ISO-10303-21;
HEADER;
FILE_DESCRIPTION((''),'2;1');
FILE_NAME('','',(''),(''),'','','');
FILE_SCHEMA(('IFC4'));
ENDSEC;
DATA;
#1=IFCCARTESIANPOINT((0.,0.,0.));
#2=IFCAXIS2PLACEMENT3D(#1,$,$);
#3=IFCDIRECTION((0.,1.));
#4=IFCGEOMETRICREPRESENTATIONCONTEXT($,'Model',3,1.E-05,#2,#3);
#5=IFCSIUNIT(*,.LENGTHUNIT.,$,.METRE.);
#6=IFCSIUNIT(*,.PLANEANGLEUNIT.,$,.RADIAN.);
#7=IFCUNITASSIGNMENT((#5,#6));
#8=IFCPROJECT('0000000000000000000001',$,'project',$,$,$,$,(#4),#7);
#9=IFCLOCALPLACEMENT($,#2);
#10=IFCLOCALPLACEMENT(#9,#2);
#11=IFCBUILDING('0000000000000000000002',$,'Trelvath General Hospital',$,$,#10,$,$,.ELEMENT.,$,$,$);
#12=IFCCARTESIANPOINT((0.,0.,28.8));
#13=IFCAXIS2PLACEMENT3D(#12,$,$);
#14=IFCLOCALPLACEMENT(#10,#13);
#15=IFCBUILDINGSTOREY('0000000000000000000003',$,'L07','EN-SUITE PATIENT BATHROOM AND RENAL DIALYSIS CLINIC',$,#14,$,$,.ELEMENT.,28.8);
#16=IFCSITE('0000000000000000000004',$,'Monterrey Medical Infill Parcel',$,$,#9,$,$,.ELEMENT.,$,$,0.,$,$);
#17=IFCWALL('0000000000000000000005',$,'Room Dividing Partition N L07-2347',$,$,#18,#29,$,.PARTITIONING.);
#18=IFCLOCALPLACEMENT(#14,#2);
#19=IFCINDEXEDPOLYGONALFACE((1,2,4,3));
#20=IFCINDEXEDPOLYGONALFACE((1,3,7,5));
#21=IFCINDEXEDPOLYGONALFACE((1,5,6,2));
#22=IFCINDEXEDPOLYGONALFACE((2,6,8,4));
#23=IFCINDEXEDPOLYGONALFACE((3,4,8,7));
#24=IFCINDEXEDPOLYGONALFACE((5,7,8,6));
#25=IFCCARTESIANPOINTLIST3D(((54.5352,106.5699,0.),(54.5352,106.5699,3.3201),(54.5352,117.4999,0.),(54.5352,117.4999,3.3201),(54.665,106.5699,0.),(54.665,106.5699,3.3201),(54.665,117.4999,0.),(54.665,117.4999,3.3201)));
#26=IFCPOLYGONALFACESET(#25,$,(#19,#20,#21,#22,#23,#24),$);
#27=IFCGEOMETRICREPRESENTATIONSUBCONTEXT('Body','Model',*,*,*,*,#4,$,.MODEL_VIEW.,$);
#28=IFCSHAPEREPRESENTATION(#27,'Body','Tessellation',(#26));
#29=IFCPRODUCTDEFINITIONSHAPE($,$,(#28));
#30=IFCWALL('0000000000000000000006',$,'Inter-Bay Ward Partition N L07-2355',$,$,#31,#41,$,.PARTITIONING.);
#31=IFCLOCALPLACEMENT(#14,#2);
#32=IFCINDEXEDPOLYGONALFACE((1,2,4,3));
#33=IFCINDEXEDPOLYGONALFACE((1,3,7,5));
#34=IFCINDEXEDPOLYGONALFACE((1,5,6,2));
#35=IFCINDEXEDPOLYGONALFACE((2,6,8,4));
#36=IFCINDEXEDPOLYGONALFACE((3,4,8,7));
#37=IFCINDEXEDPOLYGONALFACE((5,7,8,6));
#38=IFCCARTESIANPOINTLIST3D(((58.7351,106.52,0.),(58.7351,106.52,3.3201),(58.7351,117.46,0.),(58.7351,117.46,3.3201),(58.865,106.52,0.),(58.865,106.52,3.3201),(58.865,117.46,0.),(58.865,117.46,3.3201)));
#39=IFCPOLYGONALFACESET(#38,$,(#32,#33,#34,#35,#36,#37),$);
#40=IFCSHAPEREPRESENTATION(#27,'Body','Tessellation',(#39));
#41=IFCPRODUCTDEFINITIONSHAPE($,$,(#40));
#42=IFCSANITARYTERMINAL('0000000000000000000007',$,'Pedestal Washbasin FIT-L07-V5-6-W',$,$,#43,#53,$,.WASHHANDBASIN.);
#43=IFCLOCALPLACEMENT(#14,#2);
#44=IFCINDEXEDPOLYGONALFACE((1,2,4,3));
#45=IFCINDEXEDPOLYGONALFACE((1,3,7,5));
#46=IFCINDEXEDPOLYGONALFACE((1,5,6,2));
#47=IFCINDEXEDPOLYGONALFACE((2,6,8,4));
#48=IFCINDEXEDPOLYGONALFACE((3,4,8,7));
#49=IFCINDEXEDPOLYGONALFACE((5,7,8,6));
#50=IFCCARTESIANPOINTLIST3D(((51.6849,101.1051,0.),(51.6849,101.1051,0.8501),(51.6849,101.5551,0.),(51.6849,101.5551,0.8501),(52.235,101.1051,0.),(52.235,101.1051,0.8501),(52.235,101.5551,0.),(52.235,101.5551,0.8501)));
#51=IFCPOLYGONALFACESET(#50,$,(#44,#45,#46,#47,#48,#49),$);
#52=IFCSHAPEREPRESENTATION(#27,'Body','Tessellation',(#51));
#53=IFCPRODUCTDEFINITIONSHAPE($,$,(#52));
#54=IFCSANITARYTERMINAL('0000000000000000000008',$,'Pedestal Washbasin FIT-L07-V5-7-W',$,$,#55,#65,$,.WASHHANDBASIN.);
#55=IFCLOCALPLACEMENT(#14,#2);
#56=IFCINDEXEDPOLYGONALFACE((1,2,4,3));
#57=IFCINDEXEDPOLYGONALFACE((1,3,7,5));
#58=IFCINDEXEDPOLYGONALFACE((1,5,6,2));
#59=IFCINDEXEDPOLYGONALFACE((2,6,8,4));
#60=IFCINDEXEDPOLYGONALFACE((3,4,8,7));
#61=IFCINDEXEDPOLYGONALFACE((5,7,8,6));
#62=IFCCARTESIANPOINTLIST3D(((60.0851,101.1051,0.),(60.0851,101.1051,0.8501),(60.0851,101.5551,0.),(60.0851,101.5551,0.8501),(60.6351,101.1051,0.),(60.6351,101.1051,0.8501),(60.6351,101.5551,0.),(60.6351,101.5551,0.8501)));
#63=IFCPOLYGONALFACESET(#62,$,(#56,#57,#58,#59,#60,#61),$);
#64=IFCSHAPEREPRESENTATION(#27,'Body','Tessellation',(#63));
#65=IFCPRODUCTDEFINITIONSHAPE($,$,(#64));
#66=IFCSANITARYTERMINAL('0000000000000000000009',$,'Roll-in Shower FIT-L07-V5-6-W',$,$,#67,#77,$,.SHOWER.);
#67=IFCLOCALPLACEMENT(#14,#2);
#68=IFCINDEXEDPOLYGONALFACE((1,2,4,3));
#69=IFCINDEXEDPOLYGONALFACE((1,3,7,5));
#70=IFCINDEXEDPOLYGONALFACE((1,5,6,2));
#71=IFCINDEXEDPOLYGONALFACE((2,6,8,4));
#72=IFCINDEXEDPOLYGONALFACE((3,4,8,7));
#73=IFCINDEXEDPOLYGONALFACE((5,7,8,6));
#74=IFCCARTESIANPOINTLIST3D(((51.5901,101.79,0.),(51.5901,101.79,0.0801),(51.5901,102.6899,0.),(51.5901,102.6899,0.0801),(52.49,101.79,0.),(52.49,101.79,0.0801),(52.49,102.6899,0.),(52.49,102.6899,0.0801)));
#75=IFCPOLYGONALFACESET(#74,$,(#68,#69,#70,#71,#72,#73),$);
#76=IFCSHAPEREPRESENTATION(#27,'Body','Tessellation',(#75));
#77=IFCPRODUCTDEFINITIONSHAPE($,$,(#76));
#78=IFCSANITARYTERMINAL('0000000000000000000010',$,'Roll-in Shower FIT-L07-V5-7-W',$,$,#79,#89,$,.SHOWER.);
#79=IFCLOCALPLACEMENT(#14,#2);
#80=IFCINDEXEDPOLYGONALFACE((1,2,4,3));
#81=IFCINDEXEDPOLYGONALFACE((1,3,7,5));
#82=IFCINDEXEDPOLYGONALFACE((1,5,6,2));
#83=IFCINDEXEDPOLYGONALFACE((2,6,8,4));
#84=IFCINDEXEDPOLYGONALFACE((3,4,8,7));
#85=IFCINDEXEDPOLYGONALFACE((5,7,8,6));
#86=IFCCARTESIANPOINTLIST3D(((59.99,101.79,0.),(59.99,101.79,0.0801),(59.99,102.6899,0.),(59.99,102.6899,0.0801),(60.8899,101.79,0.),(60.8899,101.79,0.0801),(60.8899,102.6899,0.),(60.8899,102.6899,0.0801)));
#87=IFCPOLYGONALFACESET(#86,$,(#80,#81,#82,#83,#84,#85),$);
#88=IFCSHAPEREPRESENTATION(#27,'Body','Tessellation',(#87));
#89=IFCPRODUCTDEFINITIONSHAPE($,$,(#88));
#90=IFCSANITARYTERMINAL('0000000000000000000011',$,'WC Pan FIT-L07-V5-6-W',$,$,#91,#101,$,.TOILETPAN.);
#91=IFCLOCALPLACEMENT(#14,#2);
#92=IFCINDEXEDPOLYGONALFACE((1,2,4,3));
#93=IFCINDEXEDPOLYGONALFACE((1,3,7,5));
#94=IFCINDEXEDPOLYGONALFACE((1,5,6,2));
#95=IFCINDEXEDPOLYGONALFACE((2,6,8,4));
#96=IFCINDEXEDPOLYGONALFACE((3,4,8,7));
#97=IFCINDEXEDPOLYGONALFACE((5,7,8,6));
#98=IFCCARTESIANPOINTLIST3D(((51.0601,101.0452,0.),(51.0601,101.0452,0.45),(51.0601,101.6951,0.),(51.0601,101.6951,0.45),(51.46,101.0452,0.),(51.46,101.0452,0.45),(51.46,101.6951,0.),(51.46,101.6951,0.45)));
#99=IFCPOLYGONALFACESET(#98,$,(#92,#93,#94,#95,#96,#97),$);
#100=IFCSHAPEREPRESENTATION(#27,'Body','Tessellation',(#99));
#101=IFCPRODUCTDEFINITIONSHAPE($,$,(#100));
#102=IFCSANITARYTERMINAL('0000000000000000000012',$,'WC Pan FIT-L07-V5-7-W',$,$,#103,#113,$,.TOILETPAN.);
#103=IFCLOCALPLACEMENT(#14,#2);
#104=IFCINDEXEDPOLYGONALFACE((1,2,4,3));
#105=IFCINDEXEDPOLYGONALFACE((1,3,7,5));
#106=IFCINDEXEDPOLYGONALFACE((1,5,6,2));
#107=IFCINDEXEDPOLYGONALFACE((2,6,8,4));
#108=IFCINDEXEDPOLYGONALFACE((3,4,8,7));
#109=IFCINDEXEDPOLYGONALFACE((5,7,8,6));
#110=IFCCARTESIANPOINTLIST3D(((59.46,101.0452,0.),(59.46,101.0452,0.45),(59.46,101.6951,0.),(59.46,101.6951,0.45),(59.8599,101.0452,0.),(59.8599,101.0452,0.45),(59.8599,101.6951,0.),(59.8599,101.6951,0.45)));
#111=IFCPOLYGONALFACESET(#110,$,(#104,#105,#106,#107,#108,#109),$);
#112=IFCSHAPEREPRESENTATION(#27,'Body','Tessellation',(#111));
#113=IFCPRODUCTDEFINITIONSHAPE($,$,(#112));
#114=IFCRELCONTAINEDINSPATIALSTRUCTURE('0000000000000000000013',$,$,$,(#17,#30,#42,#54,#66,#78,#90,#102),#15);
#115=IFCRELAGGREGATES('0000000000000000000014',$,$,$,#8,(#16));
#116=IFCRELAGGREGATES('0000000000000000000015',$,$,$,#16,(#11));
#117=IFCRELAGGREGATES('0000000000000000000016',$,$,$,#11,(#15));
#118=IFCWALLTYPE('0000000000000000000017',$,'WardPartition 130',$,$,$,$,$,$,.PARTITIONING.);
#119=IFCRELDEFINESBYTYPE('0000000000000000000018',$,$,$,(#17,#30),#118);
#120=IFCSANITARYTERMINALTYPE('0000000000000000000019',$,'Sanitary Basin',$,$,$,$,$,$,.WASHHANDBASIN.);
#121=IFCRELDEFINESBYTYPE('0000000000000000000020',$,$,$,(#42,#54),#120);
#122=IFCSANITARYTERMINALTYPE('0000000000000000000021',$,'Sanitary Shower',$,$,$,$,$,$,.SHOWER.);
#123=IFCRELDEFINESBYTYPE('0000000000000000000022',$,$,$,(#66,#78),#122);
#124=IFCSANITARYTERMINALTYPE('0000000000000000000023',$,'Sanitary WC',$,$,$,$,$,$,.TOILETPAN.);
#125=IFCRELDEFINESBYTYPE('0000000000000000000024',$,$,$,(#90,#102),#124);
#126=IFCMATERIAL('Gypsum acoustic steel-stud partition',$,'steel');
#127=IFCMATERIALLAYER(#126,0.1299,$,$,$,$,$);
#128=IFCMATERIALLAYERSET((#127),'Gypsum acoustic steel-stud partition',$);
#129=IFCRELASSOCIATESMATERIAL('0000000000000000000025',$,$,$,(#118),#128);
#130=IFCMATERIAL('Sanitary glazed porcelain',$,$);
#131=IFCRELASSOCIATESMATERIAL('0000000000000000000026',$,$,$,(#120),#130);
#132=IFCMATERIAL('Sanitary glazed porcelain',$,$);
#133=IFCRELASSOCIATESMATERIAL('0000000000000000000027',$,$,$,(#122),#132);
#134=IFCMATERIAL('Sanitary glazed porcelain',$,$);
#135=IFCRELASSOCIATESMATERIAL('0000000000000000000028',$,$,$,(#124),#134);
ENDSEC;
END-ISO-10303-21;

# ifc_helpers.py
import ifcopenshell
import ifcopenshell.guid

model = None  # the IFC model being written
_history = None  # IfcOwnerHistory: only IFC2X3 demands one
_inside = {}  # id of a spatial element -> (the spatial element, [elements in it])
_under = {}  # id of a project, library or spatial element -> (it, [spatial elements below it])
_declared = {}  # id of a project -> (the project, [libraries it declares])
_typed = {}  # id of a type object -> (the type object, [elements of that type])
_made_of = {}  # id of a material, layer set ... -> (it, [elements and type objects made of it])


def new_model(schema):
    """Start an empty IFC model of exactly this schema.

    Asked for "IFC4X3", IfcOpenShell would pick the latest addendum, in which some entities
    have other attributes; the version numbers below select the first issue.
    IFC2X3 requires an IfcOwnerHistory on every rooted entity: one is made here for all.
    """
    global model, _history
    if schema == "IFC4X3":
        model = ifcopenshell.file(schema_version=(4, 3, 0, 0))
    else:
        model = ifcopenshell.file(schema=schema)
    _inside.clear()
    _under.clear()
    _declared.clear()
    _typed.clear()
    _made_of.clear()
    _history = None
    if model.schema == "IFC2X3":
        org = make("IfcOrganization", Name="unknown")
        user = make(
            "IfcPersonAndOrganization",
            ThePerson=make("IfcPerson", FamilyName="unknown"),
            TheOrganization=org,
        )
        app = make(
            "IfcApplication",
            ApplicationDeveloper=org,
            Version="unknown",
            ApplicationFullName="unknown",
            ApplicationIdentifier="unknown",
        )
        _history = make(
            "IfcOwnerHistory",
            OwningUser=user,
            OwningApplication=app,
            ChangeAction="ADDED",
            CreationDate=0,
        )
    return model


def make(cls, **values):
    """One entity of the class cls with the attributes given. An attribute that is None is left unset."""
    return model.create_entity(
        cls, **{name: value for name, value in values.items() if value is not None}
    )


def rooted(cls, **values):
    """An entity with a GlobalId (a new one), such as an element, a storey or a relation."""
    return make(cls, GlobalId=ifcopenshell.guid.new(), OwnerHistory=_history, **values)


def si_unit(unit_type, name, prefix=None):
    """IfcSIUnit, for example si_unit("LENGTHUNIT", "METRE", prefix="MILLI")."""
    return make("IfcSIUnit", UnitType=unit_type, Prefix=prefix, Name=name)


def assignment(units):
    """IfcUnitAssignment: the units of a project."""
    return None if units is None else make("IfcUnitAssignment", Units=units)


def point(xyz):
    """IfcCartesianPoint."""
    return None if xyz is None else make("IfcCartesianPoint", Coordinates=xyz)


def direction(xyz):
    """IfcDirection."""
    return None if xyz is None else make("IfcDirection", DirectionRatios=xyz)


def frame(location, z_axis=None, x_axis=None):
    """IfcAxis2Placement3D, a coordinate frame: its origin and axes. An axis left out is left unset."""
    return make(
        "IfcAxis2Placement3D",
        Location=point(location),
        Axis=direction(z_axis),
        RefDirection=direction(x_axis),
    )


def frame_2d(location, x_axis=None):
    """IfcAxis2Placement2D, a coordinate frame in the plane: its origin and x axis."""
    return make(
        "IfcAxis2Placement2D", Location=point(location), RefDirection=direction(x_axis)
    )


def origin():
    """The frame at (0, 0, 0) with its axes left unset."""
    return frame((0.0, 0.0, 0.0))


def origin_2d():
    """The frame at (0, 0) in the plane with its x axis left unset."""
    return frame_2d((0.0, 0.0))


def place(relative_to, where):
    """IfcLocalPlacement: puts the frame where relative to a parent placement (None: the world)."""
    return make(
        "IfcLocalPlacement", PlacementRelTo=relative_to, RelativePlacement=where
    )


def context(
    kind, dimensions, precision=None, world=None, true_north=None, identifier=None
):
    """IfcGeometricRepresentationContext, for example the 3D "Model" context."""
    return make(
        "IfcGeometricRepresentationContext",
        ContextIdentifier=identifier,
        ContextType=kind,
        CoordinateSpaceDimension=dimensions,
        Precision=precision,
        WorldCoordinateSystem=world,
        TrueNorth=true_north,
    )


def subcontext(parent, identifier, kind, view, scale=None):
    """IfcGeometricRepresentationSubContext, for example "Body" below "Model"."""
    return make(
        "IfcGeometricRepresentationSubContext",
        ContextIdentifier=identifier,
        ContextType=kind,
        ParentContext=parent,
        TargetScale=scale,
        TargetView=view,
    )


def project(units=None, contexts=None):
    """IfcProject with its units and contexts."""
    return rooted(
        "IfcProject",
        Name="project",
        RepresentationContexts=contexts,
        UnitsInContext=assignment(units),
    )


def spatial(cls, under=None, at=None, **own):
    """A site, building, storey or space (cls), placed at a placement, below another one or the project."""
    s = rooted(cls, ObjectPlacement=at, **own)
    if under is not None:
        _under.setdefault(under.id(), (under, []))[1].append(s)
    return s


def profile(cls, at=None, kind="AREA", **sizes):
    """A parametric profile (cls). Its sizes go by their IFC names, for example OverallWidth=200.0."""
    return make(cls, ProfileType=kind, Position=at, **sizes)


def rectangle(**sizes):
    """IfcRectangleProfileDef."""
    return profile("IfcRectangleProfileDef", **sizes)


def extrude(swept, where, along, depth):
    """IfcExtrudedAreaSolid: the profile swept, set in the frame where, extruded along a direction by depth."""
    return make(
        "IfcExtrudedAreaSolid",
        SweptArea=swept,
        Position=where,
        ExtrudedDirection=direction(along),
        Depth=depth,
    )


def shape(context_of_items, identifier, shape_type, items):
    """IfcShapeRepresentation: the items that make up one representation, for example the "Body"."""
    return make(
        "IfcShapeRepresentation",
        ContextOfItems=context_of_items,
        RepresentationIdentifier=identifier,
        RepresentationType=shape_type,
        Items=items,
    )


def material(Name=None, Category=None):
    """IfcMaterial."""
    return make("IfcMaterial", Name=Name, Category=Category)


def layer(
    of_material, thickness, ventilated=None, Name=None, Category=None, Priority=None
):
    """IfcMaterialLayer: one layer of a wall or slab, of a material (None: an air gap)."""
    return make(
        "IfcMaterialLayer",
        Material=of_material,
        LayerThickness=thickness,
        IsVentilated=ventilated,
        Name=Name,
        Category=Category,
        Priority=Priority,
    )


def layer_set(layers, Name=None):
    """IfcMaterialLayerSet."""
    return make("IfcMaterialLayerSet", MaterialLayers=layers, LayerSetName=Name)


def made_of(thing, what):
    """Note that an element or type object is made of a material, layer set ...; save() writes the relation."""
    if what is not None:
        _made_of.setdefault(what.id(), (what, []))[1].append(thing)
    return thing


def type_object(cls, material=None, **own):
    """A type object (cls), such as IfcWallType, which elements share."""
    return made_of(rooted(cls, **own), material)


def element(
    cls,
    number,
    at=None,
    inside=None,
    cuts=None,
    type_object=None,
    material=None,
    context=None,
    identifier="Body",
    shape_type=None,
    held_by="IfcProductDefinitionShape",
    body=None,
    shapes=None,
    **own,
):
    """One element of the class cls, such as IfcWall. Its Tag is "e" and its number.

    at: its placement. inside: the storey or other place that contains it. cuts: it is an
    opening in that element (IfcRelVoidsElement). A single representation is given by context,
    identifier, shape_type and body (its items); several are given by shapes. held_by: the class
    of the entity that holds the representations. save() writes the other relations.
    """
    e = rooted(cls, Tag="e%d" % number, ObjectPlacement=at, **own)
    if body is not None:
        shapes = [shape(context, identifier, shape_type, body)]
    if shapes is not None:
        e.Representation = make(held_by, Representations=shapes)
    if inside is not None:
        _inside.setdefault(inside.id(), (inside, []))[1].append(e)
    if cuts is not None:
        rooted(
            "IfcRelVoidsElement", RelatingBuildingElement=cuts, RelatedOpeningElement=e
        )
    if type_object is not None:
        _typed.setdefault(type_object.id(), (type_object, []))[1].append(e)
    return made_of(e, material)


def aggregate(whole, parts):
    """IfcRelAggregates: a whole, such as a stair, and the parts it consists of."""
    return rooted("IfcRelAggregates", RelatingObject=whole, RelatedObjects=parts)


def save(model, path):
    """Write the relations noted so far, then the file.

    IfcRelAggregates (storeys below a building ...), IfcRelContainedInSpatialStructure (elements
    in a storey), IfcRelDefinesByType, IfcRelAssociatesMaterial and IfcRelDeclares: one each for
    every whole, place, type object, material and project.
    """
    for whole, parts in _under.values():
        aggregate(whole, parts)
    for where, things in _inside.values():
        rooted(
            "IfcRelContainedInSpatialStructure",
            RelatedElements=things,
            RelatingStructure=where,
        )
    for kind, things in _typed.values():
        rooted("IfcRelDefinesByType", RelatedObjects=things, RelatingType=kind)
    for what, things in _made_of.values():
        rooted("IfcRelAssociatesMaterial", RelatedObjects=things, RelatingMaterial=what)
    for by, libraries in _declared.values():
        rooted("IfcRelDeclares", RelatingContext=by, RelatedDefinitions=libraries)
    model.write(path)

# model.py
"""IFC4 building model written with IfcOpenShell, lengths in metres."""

from ifc_helpers import new_model, si_unit, direction, frame, frame_2d, origin, origin_2d, place, context, subcontext, project, spatial, rectangle, extrude, material, layer, layer_set, type_object, element, save


model = new_model("IFC4")

# Units and contexts
model_context = context("Model", 3, precision=1e-05, world=origin(), true_north=direction((0.0, 1.0)))
body_context = subcontext(model_context, "Body", "Model", "MODEL_VIEW")
ifc_project = project(units=[si_unit("LENGTHUNIT", "METRE"), si_unit("PLANEANGLEUNIT", "RADIAN")], contexts=[model_context])

# Site, building, storey
site_placement = place(None, origin())
site = spatial("IfcSite", under=ifc_project, at=site_placement, Name="Monterrey Medical Infill Parcel", CompositionType="ELEMENT", RefElevation=0.0)
building_placement = place(site_placement, origin())
building = spatial("IfcBuilding", under=site, at=building_placement, Name="Trelvath General Hospital", CompositionType="ELEMENT")
storey_placement = place(building_placement, frame((0.0, 0.0, 28.8)))
storey = spatial("IfcBuildingStorey", under=building, at=storey_placement, Name="L07", Description="EN-SUITE PATIENT BATHROOM AND RENAL DIALYSIS CLINIC", CompositionType="ELEMENT", Elevation=28.8)

# Walls
ifc_material_1 = material(Name="Gypsum acoustic steel-stud partition", Category="steel")
ifc_layer_1 = layer(ifc_material_1, 0.1299)
ifc_layer_set_1 = layer_set([ifc_layer_1], Name="Gypsum acoustic steel-stud partition")
wall_type_1 = type_object("IfcWallType", Name="WardPartition 130", PredefinedType="PARTITIONING", material=ifc_layer_set_1)
wall_1_placement = place(storey_placement, frame((54.6001, 106.5701, 0.0), z_axis=(0.0, 0.0, 1.0), x_axis=(0.0, 1.0, 0.0)))
element("IfcWall", 1, at=wall_1_placement, inside=storey, type_object=wall_type_1, Name="Room Dividing Partition N L07-2347", PredefinedType="PARTITIONING", context=body_context, shape_type="SweptSolid", body=[
    extrude(rectangle(XDim=10.9299, YDim=0.1299, at=frame_2d((5.4648, 0.0))), origin(), (0.0, 0.0, 1.0), 3.3201),
])
wall_2_placement = place(storey_placement, frame((58.8, 106.52, 0.0), z_axis=(0.0, 0.0, 1.0), x_axis=(0.0, 1.0, 0.0)))
element("IfcWall", 2, at=wall_2_placement, inside=storey, type_object=wall_type_1, Name="Inter-Bay Ward Partition N L07-2355", PredefinedType="PARTITIONING", context=body_context, shape_type="SweptSolid", body=[
    extrude(rectangle(XDim=10.9399, YDim=0.1299, at=frame_2d((5.47, 0.0))), origin(), (0.0, 0.0, 1.0), 3.3201),
])

# Sanitary terminals
ifc_material_2 = material(Name="Sanitary glazed porcelain")
sanitary_terminal_type_1 = type_object("IfcSanitaryTerminalType", Name="Sanitary Basin", PredefinedType="WASHHANDBASIN", material=ifc_material_2)
for number, where, z_axis, x_axis, name in (
    (3, (51.96, 101.3301, 0.0), (0.0, 0.0, 1.0), (1.0, 0.0, 0.0), "Pedestal Washbasin FIT-L07-V5-6-W"),
    (4, (60.3601, 101.3301, 0.0), (0.0, 0.0, 1.0), (1.0, 0.0, 0.0), "Pedestal Washbasin FIT-L07-V5-7-W"),
):
    element("IfcSanitaryTerminal", number, at=place(storey_placement, frame(where, z_axis=z_axis, x_axis=x_axis)), inside=storey, type_object=sanitary_terminal_type_1, Name=name, PredefinedType="WASHHANDBASIN", context=body_context, shape_type="SweptSolid", body=[
        extrude(rectangle(XDim=0.55, YDim=0.45, at=origin_2d()), origin(), (0.0, 0.0, 1.0), 0.8501),
    ])
ifc_material_3 = material(Name="Sanitary glazed porcelain")
sanitary_terminal_type_2 = type_object("IfcSanitaryTerminalType", Name="Sanitary Shower", PredefinedType="SHOWER", material=ifc_material_3)
for number, where, z_axis, x_axis, name in (
    (5, (52.04, 102.24, 0.0), (0.0, 0.0, 1.0), (1.0, 0.0, 0.0), "Roll-in Shower FIT-L07-V5-6-W"),
    (6, (60.4399, 102.24, 0.0), (0.0, 0.0, 1.0), (1.0, 0.0, 0.0), "Roll-in Shower FIT-L07-V5-7-W"),
):
    element("IfcSanitaryTerminal", number, at=place(storey_placement, frame(where, z_axis=z_axis, x_axis=x_axis)), inside=storey, type_object=sanitary_terminal_type_2, Name=name, PredefinedType="SHOWER", context=body_context, shape_type="SweptSolid", body=[
        extrude(rectangle(XDim=0.8999, YDim=0.8999, at=origin_2d()), origin(), (0.0, 0.0, 1.0), 0.0801),
    ])
ifc_material_4 = material(Name="Sanitary glazed porcelain")
sanitary_terminal_type_3 = type_object("IfcSanitaryTerminalType", Name="Sanitary WC", PredefinedType="TOILETPAN", material=ifc_material_4)
for number, where, z_axis, x_axis, name in (
    (7, (51.26, 101.3701, 0.0), (0.0, 0.0, 1.0), (1.0, 0.0, 0.0), "WC Pan FIT-L07-V5-6-W"),
    (8, (59.6599, 101.3701, 0.0), (0.0, 0.0, 1.0), (1.0, 0.0, 0.0), "WC Pan FIT-L07-V5-7-W"),
):
    element("IfcSanitaryTerminal", number, at=place(storey_placement, frame(where, z_axis=z_axis, x_axis=x_axis)), inside=storey, type_object=sanitary_terminal_type_3, Name=name, PredefinedType="TOILETPAN", context=body_context, shape_type="SweptSolid", body=[
        extrude(rectangle(XDim=0.3999, YDim=0.6499, at=origin_2d()), origin(), (0.0, 0.0, 1.0), 0.45),
    ])

save(model, "model.ifc")
